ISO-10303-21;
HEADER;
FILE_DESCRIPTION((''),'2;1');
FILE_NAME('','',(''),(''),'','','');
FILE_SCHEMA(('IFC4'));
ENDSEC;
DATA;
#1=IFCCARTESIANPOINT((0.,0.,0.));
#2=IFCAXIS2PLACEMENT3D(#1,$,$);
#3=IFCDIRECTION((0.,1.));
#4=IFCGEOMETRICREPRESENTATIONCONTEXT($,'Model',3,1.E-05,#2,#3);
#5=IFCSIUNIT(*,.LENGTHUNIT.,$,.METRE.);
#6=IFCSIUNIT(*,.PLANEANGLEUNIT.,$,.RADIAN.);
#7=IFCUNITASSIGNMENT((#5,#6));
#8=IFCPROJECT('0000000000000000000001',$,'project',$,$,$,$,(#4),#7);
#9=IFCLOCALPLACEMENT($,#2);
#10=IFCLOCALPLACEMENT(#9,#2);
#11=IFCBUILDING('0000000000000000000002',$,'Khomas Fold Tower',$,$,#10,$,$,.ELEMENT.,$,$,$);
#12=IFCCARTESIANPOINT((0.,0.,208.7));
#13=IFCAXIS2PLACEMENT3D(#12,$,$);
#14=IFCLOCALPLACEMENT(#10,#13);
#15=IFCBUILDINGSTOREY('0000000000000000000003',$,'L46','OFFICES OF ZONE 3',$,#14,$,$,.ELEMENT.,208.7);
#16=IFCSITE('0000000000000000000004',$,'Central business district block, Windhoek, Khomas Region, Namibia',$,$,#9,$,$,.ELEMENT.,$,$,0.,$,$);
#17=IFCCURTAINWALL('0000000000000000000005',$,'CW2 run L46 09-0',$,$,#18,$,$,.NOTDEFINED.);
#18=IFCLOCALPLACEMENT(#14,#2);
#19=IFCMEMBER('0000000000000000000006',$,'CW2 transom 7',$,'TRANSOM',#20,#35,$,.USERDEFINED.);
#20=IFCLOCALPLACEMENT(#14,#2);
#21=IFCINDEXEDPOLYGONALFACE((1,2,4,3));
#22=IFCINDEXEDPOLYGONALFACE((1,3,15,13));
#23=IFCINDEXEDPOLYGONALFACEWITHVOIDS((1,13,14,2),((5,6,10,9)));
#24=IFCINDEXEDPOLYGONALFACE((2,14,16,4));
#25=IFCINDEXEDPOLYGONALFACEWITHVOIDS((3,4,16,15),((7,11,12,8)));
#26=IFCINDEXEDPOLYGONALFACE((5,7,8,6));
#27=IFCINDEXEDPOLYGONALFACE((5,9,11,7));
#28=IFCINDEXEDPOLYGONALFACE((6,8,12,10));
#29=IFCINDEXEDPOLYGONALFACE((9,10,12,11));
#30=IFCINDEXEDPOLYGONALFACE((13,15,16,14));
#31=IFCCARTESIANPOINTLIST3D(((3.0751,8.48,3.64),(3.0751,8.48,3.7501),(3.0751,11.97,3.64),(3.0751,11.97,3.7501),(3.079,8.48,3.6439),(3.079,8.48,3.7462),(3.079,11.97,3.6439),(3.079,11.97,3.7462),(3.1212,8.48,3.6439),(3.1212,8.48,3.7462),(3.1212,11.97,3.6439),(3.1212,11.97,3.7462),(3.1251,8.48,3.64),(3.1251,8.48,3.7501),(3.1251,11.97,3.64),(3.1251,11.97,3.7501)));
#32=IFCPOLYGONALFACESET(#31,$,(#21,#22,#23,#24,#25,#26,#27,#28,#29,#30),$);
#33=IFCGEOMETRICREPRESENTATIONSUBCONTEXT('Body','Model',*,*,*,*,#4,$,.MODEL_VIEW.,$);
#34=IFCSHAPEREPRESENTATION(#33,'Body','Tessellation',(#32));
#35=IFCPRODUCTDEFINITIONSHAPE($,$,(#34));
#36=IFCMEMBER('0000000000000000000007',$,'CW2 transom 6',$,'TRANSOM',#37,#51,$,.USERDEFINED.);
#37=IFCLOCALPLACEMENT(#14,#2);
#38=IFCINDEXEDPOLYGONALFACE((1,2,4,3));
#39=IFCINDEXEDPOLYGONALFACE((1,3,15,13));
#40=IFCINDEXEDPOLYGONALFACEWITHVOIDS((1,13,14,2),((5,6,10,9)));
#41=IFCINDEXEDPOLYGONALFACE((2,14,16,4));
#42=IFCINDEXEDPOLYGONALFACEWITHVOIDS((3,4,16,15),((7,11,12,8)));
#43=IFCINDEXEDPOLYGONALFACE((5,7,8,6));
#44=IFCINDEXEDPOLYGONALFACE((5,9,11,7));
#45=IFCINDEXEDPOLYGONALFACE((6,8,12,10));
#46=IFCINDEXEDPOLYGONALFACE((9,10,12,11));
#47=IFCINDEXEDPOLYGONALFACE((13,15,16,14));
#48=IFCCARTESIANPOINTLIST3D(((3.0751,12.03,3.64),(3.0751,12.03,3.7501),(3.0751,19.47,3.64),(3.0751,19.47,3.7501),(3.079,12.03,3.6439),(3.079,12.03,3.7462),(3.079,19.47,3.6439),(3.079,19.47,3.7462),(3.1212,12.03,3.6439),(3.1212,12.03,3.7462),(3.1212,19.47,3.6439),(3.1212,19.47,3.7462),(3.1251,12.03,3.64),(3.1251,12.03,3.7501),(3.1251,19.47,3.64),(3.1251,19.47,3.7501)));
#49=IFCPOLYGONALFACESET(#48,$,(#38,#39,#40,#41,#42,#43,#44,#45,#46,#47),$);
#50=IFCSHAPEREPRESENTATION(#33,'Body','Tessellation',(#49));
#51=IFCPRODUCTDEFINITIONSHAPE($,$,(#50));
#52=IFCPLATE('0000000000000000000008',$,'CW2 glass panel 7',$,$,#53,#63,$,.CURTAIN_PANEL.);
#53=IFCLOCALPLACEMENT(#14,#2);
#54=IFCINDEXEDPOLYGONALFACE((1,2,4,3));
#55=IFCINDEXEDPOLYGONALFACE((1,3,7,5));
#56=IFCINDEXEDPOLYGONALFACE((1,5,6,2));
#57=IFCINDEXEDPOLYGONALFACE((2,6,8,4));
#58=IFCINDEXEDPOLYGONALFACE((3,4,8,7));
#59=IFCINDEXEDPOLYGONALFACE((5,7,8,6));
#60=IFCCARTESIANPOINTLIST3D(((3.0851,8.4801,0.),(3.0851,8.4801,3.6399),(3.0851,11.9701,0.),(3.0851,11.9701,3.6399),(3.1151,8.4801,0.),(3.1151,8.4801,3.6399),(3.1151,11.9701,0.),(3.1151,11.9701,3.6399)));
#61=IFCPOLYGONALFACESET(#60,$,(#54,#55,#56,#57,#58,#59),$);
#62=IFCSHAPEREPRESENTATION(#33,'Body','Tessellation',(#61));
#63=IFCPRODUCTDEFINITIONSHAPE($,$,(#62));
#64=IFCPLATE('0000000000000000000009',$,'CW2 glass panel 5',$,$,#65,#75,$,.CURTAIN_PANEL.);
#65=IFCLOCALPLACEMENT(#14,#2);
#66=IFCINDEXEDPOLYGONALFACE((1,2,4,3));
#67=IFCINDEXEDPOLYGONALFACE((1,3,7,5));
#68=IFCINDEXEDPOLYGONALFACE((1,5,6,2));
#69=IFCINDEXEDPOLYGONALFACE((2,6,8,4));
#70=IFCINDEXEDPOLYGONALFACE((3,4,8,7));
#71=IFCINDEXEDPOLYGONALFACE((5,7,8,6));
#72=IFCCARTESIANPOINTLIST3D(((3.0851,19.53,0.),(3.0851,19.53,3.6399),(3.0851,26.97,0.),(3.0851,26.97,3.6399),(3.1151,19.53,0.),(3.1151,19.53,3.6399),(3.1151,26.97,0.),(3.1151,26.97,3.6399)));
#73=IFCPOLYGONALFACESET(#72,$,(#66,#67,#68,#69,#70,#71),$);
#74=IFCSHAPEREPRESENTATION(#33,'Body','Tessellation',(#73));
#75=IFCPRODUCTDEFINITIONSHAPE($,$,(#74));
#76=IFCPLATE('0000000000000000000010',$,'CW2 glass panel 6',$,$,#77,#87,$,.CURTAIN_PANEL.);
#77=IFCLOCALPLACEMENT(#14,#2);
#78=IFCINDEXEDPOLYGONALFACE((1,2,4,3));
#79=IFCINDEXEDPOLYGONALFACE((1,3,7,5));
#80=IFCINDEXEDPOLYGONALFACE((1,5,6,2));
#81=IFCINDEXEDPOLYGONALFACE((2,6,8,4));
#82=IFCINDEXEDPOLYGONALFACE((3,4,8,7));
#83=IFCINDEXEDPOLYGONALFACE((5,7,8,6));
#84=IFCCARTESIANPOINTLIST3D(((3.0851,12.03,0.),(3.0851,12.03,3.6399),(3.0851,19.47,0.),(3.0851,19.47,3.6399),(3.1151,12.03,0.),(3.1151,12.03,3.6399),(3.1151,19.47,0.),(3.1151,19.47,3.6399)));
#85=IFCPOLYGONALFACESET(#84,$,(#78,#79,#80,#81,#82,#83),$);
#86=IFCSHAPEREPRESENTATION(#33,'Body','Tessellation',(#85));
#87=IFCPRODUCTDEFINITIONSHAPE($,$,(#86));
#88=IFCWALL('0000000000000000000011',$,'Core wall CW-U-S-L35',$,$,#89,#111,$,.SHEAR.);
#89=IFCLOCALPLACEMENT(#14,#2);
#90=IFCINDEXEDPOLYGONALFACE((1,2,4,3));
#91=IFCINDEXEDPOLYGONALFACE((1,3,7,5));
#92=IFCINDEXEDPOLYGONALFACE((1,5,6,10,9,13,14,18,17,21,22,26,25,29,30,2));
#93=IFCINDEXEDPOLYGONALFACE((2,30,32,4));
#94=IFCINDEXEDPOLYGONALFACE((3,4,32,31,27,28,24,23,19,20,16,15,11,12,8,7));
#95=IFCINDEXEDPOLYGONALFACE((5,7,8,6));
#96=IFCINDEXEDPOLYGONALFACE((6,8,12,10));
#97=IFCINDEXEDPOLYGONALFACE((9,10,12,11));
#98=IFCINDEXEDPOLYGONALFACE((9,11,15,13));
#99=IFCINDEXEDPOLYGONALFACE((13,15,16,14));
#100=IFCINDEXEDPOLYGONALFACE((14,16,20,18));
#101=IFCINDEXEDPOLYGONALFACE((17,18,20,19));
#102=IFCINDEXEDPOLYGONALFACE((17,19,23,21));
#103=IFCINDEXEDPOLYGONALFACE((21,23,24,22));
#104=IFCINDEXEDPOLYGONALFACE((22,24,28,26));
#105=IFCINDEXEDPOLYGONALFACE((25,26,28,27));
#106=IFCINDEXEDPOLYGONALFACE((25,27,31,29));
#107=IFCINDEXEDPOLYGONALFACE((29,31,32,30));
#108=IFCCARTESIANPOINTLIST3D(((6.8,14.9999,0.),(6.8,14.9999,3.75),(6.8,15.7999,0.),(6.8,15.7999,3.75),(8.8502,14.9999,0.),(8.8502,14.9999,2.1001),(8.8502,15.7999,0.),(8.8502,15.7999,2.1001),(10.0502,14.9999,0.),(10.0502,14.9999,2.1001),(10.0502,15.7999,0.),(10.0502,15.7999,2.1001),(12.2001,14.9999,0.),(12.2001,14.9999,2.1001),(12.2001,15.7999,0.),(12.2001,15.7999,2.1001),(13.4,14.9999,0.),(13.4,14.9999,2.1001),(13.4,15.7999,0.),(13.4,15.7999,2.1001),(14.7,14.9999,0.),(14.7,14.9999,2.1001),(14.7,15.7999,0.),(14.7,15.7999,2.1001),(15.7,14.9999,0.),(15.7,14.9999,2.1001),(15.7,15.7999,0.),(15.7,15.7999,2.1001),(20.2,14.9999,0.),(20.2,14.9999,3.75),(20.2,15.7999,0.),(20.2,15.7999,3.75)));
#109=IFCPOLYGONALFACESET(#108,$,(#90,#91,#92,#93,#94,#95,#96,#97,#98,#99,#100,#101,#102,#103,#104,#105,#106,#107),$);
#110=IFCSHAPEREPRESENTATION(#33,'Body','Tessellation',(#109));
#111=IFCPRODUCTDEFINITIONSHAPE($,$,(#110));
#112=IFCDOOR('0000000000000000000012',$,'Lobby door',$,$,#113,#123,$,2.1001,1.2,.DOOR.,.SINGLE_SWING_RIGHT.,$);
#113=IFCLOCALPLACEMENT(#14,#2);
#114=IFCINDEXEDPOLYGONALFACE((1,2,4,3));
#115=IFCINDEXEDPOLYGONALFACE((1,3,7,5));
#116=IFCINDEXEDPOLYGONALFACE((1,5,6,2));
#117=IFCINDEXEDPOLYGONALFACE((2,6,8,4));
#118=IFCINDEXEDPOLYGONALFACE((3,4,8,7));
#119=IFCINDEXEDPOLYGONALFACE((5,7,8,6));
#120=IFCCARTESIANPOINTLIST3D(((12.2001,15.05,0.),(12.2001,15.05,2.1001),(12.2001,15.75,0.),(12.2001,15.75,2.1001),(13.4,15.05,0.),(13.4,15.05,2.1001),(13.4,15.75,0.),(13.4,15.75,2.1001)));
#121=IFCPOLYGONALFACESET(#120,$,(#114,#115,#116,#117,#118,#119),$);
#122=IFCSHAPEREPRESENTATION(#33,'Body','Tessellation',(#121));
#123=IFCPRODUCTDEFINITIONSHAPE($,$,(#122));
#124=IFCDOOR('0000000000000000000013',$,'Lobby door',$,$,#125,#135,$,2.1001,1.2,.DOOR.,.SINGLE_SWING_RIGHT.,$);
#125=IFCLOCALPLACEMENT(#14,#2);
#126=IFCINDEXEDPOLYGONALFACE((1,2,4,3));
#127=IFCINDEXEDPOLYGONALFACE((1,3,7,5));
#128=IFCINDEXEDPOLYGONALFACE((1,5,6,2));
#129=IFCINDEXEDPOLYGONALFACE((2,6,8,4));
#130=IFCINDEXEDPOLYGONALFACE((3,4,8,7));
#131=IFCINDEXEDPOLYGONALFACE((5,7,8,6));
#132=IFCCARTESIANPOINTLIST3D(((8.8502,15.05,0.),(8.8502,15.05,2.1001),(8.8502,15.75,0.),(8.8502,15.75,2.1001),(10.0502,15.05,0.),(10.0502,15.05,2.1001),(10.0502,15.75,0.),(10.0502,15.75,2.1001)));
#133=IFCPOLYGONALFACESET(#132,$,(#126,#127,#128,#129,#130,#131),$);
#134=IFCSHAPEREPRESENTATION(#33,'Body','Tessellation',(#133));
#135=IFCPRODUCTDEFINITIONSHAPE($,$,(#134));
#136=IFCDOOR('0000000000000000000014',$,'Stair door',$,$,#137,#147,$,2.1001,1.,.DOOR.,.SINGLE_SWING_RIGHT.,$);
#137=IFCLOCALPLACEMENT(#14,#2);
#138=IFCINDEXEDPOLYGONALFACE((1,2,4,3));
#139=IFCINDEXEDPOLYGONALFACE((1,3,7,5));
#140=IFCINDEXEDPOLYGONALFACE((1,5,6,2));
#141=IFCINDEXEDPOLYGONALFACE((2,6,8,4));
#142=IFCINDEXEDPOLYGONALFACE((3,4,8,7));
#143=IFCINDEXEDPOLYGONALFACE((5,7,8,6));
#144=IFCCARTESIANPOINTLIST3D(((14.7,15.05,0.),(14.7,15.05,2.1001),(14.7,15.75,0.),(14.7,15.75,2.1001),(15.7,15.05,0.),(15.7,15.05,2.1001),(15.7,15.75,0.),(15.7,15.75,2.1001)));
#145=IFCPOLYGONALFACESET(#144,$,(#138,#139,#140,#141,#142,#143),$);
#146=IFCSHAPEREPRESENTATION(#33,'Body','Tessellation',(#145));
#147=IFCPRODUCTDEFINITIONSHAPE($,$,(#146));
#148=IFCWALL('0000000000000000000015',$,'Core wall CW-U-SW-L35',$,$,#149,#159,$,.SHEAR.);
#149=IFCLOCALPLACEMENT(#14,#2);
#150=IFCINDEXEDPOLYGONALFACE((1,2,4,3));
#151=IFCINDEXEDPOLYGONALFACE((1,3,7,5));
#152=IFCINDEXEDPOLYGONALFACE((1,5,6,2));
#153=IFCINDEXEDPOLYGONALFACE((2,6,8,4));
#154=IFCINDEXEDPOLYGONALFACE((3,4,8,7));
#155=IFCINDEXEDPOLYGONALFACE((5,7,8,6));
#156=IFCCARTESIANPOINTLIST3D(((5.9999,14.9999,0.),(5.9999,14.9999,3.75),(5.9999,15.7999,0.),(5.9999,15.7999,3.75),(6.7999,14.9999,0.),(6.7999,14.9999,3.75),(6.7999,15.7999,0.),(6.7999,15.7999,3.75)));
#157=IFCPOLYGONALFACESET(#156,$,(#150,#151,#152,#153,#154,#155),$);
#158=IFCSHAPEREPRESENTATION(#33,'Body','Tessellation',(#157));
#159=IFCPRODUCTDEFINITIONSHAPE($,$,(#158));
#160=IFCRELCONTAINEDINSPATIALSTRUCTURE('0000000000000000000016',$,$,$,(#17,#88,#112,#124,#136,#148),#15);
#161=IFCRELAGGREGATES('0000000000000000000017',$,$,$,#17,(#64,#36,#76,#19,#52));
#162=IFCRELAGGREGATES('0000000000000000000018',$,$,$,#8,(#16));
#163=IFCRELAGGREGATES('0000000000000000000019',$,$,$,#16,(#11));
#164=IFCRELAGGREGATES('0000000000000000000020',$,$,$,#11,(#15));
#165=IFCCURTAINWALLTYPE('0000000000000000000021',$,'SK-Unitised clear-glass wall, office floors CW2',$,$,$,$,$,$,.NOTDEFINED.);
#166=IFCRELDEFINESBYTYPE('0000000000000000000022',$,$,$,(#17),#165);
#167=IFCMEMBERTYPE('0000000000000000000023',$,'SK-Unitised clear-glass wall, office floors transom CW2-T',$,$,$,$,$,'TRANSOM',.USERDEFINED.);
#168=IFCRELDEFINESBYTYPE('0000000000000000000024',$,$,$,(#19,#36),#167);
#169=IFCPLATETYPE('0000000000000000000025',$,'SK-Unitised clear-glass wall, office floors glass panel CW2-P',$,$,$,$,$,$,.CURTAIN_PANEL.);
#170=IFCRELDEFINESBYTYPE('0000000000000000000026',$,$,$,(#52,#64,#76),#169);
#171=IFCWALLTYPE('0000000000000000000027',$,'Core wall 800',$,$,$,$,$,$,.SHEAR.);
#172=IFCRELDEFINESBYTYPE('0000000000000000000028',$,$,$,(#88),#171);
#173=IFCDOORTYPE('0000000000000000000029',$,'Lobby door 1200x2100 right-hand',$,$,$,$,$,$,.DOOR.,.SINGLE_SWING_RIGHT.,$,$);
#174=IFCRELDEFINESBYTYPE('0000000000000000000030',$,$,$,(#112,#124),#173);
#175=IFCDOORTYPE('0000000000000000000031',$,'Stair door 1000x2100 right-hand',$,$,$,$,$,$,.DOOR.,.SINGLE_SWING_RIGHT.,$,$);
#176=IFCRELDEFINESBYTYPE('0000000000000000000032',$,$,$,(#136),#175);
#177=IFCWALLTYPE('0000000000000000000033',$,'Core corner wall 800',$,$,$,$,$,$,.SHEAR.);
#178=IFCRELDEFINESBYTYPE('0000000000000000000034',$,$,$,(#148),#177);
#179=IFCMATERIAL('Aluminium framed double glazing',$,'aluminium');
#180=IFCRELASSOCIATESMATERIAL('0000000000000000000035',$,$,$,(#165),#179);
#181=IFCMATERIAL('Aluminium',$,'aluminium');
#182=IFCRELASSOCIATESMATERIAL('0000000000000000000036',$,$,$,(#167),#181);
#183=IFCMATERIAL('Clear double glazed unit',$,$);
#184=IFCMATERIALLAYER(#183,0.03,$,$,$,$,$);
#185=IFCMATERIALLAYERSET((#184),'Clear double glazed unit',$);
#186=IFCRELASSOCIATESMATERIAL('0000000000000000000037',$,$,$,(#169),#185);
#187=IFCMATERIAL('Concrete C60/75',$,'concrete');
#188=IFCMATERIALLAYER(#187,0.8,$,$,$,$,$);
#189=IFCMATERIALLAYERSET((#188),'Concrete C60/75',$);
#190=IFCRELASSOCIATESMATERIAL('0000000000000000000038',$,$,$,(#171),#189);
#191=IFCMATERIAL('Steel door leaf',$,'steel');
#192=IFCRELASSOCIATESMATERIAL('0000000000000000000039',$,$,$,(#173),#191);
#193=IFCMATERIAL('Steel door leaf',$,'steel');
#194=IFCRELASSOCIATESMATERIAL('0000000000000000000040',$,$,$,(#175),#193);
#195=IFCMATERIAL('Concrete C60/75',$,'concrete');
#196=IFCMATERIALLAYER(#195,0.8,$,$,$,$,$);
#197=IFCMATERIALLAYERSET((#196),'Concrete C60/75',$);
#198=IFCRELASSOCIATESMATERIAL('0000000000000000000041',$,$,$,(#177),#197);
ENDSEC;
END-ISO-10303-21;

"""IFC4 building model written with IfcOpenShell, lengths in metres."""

from ifc_helpers import new_model, si_unit, direction, frame, frame_2d, origin, origin_2d, place, context, subcontext, project, spatial, rectangle, hollow_rectangle, extrude, source, transform, mapped, material, layer, layer_set, material_profile, profile_set, type_object, element, fill, aggregate, save


model = new_model("IFC4")

# Units and contexts
model_context = context("Model", 3, precision=1e-05, world=origin(), true_north=direction((0.0, 1.0)))
body_context = subcontext(model_context, "Body", "Model", "MODEL_VIEW")
ifc_project = project(units=[si_unit("LENGTHUNIT", "METRE"), si_unit("PLANEANGLEUNIT", "RADIAN")], contexts=[model_context])

# Site, building, storey
site_placement = place(None, origin())
site = spatial("IfcSite", under=ifc_project, at=site_placement, Name="Central business district block, Windhoek, Khomas Region, Namibia", CompositionType="ELEMENT", RefElevation=0.0)
building_placement = place(site_placement, origin())
building = spatial("IfcBuilding", under=site, at=building_placement, Name="Khomas Fold Tower", CompositionType="ELEMENT")
storey_placement = place(building_placement, frame((0.0, 0.0, 208.7)))
storey = spatial("IfcBuildingStorey", under=building, at=storey_placement, Name="L46", Description="OFFICES OF ZONE 3", CompositionType="ELEMENT", Elevation=208.7)

# Curtain wall, members, plates
ifc_material_1 = material(Name="Aluminium framed double glazing", Category="aluminium")
curtain_wall_type = type_object("IfcCurtainWallType", Name="SK-Unitised clear-glass wall, office floors CW2", PredefinedType="NOTDEFINED", material=ifc_material_1)
curtain_wall_placement = place(storey_placement, origin())
curtain_wall = element("IfcCurtainWall", 1, at=curtain_wall_placement, inside=storey, type_object=curtain_wall_type, Name="CW2 run L46 09-0", PredefinedType="NOTDEFINED")
ifc_material_2 = material(Name="Aluminium", Category="aluminium")
ifc_material_profile_1 = material_profile(ifc_material_2, hollow_rectangle(XDim=0.05, YDim=0.1101, WallThickness=0.0039, at=origin_2d()), Name="SK-Unitised clear-glass wall, office floors transom CW2-T")
ifc_profile_set_1 = profile_set([ifc_material_profile_1], Name="Aluminium")
member_type_1 = type_object("IfcMemberType", Name="SK-Unitised clear-glass wall, office floors transom CW2-T", ElementType="TRANSOM", PredefinedType="USERDEFINED", material=ifc_profile_set_1)
shared_shape_1 = source(origin(), body_context, "Body", "SweptSolid", [
    extrude(hollow_rectangle(XDim=0.05, YDim=0.1101, WallThickness=0.0039, at=origin_2d()), origin(), (0.0, 0.0, 1.0), 3.49),
])
member_1_placement = place(storey_placement, frame((3.1001, 11.97, 3.6951), z_axis=(0.0, -1.0, 0.0), x_axis=(1.0, 0.0, 0.0)))
member_1 = element("IfcMember", 2, at=member_1_placement, type_object=member_type_1, Name="CW2 transom 7", ObjectType="TRANSOM", PredefinedType="USERDEFINED", context=body_context, shape_type="MappedRepresentation", body=[
    mapped(shared_shape_1, transform((0.0, 0.0, 0.0))),
])
shared_shape_2 = source(origin(), body_context, "Body", "SweptSolid", [
    extrude(hollow_rectangle(XDim=0.05, YDim=0.1101, WallThickness=0.0039, at=origin_2d()), origin(), (0.0, 0.0, 1.0), 7.4399),
])
member_2_placement = place(storey_placement, frame((3.1001, 19.47, 3.6951), z_axis=(0.0, -1.0, 0.0), x_axis=(1.0, 0.0, 0.0)))
member_2 = element("IfcMember", 3, at=member_2_placement, type_object=member_type_1, Name="CW2 transom 6", ObjectType="TRANSOM", PredefinedType="USERDEFINED", context=body_context, shape_type="MappedRepresentation", body=[
    mapped(shared_shape_2, transform((0.0, 0.0, 0.0))),
])
ifc_material_3 = material(Name="Clear double glazed unit")
ifc_layer_1 = layer(ifc_material_3, 0.03)
ifc_layer_set_1 = layer_set([ifc_layer_1], Name="Clear double glazed unit")
plate_type = type_object("IfcPlateType", Name="SK-Unitised clear-glass wall, office floors glass panel CW2-P", PredefinedType="CURTAIN_PANEL", material=ifc_layer_set_1)
shared_shape_3 = source(origin(), body_context, "Body", "SweptSolid", [
    extrude(rectangle(XDim=3.49, YDim=0.03, at=origin_2d()), origin(), (0.0, 0.0, 1.0), 3.6399),
])
plate_1_placement = place(storey_placement, frame((3.1001, 10.2251, 0.0), z_axis=(0.0, 0.0, 1.0), x_axis=(0.0, -1.0, 0.0)))
plate_1 = element("IfcPlate", 4, at=plate_1_placement, type_object=plate_type, Name="CW2 glass panel 7", PredefinedType="CURTAIN_PANEL", context=body_context, shape_type="MappedRepresentation", body=[
    mapped(shared_shape_3, transform((0.0, 0.0, 0.0))),
])
shared_shape_4 = source(origin(), body_context, "Body", "SweptSolid", [
    extrude(rectangle(XDim=7.4399, YDim=0.03, at=origin_2d()), origin(), (0.0, 0.0, 1.0), 3.6399),
])
plate_2_placement = place(storey_placement, frame((3.1001, 23.25, 0.0), z_axis=(0.0, 0.0, 1.0), x_axis=(0.0, -1.0, 0.0)))
plate_2 = element("IfcPlate", 5, at=plate_2_placement, type_object=plate_type, Name="CW2 glass panel 5", PredefinedType="CURTAIN_PANEL", context=body_context, shape_type="MappedRepresentation", body=[
    mapped(shared_shape_4, transform((0.0, 0.0, 0.0))),
])
plate_3_placement = place(storey_placement, frame((3.1001, 15.75, 0.0), z_axis=(0.0, 0.0, 1.0), x_axis=(0.0, -1.0, 0.0)))
plate_3 = element("IfcPlate", 6, at=plate_3_placement, type_object=plate_type, Name="CW2 glass panel 6", PredefinedType="CURTAIN_PANEL", context=body_context, shape_type="MappedRepresentation", body=[
    mapped(shared_shape_4, transform((0.0, 0.0, 0.0))),
])
aggregate(curtain_wall, [plate_2, member_2, plate_3, member_1, plate_1])

# Wall, openings, doors
ifc_material_4 = material(Name="Concrete C60/75", Category="concrete")
ifc_layer_2 = layer(ifc_material_4, 0.8)
ifc_layer_set_2 = layer_set([ifc_layer_2], Name="Concrete C60/75")
wall_type_1 = type_object("IfcWallType", Name="Core wall 800", PredefinedType="SHEAR", material=ifc_layer_set_2)
shared_shape_5 = source(origin(), body_context, "Body", "SweptSolid", [
    extrude(rectangle(XDim=13.3999, YDim=0.8, at=frame_2d((6.7, 0.0))), origin(), (0.0, 0.0, 1.0), 3.75),
])
wall_1_placement = place(storey_placement, frame((6.8, 15.3999, 0.0), z_axis=(0.0, 0.0, 1.0), x_axis=(1.0, 0.0, 0.0)))
wall_1 = element("IfcWall", 7, at=wall_1_placement, inside=storey, type_object=wall_type_1, Name="Core wall CW-U-S-L35", PredefinedType="SHEAR", context=body_context, shape_type="MappedRepresentation", body=[
    mapped(shared_shape_5, transform((0.0, 0.0, 0.0))),
])
shared_shape_6 = source(origin(), body_context, "Body", "SweptSolid", [
    extrude(rectangle(XDim=1.2, YDim=2.1001, at=frame_2d((0.6001, 1.05))), frame((0.0, 0.4099, 0.0), z_axis=(0.0, -1.0, 0.0), x_axis=(1.0, 0.0, 0.0)), (0.0, 0.0, 1.0), 0.8201),
])
opening_1_placement = place(wall_1_placement, frame((5.3999, 0.0, 0.0)))
opening_1 = element("IfcOpeningElement", 8, at=opening_1_placement, cuts=wall_1, PredefinedType="OPENING", context=body_context, shape_type="MappedRepresentation", body=[
    mapped(shared_shape_6, transform((0.0, 0.0, 0.0))),
])
opening_2_placement = place(wall_1_placement, frame((2.05, 0.0, 0.0)))
opening_2 = element("IfcOpeningElement", 9, at=opening_2_placement, cuts=wall_1, PredefinedType="OPENING", context=body_context, shape_type="MappedRepresentation", body=[
    mapped(shared_shape_6, transform((0.0, 0.0, 0.0))),
])
shared_shape_7 = source(origin(), body_context, "Body", "SweptSolid", [
    extrude(rectangle(XDim=1.0, YDim=2.1001, at=frame_2d((0.5, 1.05))), frame((0.0, 0.4099, 0.0), z_axis=(0.0, -1.0, 0.0), x_axis=(1.0, 0.0, 0.0)), (0.0, 0.0, 1.0), 0.8201),
])
opening_3_placement = place(wall_1_placement, frame((7.8999, 0.0, 0.0)))
opening_3 = element("IfcOpeningElement", 10, at=opening_3_placement, cuts=wall_1, PredefinedType="OPENING", context=body_context, shape_type="MappedRepresentation", body=[
    mapped(shared_shape_7, transform((0.0, 0.0, 0.0))),
])
ifc_material_5 = material(Name="Steel door leaf", Category="steel")
door_type_1 = type_object("IfcDoorType", Name="Lobby door 1200x2100 right-hand", OperationType="SINGLE_SWING_RIGHT", PredefinedType="DOOR", material=ifc_material_5)
shared_shape_8 = source(origin(), body_context, "Body", "SweptSolid", [
    extrude(rectangle(XDim=1.2, YDim=2.1001, at=frame_2d((0.6001, 1.05))), frame((0.0, 0.3501, 0.0), z_axis=(0.0, -1.0, 0.0), x_axis=(1.0, 0.0, 0.0)), (0.0, 0.0, 1.0), 0.7),
])
door_1_placement = place(opening_1_placement, origin())
door_1 = element("IfcDoor", 11, at=door_1_placement, inside=storey, type_object=door_type_1, Name="Lobby door", OperationType="SINGLE_SWING_RIGHT", OverallHeight=2.1001, OverallWidth=1.2, PredefinedType="DOOR", context=body_context, shape_type="MappedRepresentation", body=[
    mapped(shared_shape_8, transform((0.0, 0.0, 0.0))),
])
fill(opening_1, door_1)
door_2_placement = place(opening_2_placement, origin())
door_2 = element("IfcDoor", 12, at=door_2_placement, inside=storey, type_object=door_type_1, Name="Lobby door", OperationType="SINGLE_SWING_RIGHT", OverallHeight=2.1001, OverallWidth=1.2, PredefinedType="DOOR", context=body_context, shape_type="MappedRepresentation", body=[
    mapped(shared_shape_8, transform((0.0, 0.0, 0.0))),
])
fill(opening_2, door_2)
ifc_material_6 = material(Name="Steel door leaf", Category="steel")
door_type_2 = type_object("IfcDoorType", Name="Stair door 1000x2100 right-hand", OperationType="SINGLE_SWING_RIGHT", PredefinedType="DOOR", material=ifc_material_6)
shared_shape_9 = source(origin(), body_context, "Body", "SweptSolid", [
    extrude(rectangle(XDim=1.0, YDim=2.1001, at=frame_2d((0.5, 1.05))), frame((0.0, 0.3501, 0.0), z_axis=(0.0, -1.0, 0.0), x_axis=(1.0, 0.0, 0.0)), (0.0, 0.0, 1.0), 0.7),
])
door_3_placement = place(opening_3_placement, origin())
door_3 = element("IfcDoor", 13, at=door_3_placement, inside=storey, type_object=door_type_2, Name="Stair door", OperationType="SINGLE_SWING_RIGHT", OverallHeight=2.1001, OverallWidth=1.0, PredefinedType="DOOR", context=body_context, shape_type="MappedRepresentation", body=[
    mapped(shared_shape_9, transform((0.0, 0.0, 0.0))),
])
fill(opening_3, door_3)

# Wall
ifc_material_7 = material(Name="Concrete C60/75", Category="concrete")
ifc_layer_3 = layer(ifc_material_7, 0.8)
ifc_layer_set_3 = layer_set([ifc_layer_3], Name="Concrete C60/75")
wall_type_2 = type_object("IfcWallType", Name="Core corner wall 800", PredefinedType="SHEAR", material=ifc_layer_set_3)
shared_shape_10 = source(origin(), body_context, "Body", "SweptSolid", [
    extrude(rectangle(XDim=0.8, YDim=0.8, at=frame_2d((0.3999, 0.0))), origin(), (0.0, 0.0, 1.0), 3.75),
])
wall_2_placement = place(storey_placement, frame((6.0, 15.3999, 0.0), z_axis=(0.0, 0.0, 1.0), x_axis=(1.0, 0.0, 0.0)))
element("IfcWall", 14, at=wall_2_placement, inside=storey, type_object=wall_type_2, Name="Core wall CW-U-SW-L35", PredefinedType="SHEAR", context=body_context, shape_type="MappedRepresentation", body=[
    mapped(shared_shape_10, transform((0.0, 0.0, 0.0))),
])

save(model, "model.ifc")
